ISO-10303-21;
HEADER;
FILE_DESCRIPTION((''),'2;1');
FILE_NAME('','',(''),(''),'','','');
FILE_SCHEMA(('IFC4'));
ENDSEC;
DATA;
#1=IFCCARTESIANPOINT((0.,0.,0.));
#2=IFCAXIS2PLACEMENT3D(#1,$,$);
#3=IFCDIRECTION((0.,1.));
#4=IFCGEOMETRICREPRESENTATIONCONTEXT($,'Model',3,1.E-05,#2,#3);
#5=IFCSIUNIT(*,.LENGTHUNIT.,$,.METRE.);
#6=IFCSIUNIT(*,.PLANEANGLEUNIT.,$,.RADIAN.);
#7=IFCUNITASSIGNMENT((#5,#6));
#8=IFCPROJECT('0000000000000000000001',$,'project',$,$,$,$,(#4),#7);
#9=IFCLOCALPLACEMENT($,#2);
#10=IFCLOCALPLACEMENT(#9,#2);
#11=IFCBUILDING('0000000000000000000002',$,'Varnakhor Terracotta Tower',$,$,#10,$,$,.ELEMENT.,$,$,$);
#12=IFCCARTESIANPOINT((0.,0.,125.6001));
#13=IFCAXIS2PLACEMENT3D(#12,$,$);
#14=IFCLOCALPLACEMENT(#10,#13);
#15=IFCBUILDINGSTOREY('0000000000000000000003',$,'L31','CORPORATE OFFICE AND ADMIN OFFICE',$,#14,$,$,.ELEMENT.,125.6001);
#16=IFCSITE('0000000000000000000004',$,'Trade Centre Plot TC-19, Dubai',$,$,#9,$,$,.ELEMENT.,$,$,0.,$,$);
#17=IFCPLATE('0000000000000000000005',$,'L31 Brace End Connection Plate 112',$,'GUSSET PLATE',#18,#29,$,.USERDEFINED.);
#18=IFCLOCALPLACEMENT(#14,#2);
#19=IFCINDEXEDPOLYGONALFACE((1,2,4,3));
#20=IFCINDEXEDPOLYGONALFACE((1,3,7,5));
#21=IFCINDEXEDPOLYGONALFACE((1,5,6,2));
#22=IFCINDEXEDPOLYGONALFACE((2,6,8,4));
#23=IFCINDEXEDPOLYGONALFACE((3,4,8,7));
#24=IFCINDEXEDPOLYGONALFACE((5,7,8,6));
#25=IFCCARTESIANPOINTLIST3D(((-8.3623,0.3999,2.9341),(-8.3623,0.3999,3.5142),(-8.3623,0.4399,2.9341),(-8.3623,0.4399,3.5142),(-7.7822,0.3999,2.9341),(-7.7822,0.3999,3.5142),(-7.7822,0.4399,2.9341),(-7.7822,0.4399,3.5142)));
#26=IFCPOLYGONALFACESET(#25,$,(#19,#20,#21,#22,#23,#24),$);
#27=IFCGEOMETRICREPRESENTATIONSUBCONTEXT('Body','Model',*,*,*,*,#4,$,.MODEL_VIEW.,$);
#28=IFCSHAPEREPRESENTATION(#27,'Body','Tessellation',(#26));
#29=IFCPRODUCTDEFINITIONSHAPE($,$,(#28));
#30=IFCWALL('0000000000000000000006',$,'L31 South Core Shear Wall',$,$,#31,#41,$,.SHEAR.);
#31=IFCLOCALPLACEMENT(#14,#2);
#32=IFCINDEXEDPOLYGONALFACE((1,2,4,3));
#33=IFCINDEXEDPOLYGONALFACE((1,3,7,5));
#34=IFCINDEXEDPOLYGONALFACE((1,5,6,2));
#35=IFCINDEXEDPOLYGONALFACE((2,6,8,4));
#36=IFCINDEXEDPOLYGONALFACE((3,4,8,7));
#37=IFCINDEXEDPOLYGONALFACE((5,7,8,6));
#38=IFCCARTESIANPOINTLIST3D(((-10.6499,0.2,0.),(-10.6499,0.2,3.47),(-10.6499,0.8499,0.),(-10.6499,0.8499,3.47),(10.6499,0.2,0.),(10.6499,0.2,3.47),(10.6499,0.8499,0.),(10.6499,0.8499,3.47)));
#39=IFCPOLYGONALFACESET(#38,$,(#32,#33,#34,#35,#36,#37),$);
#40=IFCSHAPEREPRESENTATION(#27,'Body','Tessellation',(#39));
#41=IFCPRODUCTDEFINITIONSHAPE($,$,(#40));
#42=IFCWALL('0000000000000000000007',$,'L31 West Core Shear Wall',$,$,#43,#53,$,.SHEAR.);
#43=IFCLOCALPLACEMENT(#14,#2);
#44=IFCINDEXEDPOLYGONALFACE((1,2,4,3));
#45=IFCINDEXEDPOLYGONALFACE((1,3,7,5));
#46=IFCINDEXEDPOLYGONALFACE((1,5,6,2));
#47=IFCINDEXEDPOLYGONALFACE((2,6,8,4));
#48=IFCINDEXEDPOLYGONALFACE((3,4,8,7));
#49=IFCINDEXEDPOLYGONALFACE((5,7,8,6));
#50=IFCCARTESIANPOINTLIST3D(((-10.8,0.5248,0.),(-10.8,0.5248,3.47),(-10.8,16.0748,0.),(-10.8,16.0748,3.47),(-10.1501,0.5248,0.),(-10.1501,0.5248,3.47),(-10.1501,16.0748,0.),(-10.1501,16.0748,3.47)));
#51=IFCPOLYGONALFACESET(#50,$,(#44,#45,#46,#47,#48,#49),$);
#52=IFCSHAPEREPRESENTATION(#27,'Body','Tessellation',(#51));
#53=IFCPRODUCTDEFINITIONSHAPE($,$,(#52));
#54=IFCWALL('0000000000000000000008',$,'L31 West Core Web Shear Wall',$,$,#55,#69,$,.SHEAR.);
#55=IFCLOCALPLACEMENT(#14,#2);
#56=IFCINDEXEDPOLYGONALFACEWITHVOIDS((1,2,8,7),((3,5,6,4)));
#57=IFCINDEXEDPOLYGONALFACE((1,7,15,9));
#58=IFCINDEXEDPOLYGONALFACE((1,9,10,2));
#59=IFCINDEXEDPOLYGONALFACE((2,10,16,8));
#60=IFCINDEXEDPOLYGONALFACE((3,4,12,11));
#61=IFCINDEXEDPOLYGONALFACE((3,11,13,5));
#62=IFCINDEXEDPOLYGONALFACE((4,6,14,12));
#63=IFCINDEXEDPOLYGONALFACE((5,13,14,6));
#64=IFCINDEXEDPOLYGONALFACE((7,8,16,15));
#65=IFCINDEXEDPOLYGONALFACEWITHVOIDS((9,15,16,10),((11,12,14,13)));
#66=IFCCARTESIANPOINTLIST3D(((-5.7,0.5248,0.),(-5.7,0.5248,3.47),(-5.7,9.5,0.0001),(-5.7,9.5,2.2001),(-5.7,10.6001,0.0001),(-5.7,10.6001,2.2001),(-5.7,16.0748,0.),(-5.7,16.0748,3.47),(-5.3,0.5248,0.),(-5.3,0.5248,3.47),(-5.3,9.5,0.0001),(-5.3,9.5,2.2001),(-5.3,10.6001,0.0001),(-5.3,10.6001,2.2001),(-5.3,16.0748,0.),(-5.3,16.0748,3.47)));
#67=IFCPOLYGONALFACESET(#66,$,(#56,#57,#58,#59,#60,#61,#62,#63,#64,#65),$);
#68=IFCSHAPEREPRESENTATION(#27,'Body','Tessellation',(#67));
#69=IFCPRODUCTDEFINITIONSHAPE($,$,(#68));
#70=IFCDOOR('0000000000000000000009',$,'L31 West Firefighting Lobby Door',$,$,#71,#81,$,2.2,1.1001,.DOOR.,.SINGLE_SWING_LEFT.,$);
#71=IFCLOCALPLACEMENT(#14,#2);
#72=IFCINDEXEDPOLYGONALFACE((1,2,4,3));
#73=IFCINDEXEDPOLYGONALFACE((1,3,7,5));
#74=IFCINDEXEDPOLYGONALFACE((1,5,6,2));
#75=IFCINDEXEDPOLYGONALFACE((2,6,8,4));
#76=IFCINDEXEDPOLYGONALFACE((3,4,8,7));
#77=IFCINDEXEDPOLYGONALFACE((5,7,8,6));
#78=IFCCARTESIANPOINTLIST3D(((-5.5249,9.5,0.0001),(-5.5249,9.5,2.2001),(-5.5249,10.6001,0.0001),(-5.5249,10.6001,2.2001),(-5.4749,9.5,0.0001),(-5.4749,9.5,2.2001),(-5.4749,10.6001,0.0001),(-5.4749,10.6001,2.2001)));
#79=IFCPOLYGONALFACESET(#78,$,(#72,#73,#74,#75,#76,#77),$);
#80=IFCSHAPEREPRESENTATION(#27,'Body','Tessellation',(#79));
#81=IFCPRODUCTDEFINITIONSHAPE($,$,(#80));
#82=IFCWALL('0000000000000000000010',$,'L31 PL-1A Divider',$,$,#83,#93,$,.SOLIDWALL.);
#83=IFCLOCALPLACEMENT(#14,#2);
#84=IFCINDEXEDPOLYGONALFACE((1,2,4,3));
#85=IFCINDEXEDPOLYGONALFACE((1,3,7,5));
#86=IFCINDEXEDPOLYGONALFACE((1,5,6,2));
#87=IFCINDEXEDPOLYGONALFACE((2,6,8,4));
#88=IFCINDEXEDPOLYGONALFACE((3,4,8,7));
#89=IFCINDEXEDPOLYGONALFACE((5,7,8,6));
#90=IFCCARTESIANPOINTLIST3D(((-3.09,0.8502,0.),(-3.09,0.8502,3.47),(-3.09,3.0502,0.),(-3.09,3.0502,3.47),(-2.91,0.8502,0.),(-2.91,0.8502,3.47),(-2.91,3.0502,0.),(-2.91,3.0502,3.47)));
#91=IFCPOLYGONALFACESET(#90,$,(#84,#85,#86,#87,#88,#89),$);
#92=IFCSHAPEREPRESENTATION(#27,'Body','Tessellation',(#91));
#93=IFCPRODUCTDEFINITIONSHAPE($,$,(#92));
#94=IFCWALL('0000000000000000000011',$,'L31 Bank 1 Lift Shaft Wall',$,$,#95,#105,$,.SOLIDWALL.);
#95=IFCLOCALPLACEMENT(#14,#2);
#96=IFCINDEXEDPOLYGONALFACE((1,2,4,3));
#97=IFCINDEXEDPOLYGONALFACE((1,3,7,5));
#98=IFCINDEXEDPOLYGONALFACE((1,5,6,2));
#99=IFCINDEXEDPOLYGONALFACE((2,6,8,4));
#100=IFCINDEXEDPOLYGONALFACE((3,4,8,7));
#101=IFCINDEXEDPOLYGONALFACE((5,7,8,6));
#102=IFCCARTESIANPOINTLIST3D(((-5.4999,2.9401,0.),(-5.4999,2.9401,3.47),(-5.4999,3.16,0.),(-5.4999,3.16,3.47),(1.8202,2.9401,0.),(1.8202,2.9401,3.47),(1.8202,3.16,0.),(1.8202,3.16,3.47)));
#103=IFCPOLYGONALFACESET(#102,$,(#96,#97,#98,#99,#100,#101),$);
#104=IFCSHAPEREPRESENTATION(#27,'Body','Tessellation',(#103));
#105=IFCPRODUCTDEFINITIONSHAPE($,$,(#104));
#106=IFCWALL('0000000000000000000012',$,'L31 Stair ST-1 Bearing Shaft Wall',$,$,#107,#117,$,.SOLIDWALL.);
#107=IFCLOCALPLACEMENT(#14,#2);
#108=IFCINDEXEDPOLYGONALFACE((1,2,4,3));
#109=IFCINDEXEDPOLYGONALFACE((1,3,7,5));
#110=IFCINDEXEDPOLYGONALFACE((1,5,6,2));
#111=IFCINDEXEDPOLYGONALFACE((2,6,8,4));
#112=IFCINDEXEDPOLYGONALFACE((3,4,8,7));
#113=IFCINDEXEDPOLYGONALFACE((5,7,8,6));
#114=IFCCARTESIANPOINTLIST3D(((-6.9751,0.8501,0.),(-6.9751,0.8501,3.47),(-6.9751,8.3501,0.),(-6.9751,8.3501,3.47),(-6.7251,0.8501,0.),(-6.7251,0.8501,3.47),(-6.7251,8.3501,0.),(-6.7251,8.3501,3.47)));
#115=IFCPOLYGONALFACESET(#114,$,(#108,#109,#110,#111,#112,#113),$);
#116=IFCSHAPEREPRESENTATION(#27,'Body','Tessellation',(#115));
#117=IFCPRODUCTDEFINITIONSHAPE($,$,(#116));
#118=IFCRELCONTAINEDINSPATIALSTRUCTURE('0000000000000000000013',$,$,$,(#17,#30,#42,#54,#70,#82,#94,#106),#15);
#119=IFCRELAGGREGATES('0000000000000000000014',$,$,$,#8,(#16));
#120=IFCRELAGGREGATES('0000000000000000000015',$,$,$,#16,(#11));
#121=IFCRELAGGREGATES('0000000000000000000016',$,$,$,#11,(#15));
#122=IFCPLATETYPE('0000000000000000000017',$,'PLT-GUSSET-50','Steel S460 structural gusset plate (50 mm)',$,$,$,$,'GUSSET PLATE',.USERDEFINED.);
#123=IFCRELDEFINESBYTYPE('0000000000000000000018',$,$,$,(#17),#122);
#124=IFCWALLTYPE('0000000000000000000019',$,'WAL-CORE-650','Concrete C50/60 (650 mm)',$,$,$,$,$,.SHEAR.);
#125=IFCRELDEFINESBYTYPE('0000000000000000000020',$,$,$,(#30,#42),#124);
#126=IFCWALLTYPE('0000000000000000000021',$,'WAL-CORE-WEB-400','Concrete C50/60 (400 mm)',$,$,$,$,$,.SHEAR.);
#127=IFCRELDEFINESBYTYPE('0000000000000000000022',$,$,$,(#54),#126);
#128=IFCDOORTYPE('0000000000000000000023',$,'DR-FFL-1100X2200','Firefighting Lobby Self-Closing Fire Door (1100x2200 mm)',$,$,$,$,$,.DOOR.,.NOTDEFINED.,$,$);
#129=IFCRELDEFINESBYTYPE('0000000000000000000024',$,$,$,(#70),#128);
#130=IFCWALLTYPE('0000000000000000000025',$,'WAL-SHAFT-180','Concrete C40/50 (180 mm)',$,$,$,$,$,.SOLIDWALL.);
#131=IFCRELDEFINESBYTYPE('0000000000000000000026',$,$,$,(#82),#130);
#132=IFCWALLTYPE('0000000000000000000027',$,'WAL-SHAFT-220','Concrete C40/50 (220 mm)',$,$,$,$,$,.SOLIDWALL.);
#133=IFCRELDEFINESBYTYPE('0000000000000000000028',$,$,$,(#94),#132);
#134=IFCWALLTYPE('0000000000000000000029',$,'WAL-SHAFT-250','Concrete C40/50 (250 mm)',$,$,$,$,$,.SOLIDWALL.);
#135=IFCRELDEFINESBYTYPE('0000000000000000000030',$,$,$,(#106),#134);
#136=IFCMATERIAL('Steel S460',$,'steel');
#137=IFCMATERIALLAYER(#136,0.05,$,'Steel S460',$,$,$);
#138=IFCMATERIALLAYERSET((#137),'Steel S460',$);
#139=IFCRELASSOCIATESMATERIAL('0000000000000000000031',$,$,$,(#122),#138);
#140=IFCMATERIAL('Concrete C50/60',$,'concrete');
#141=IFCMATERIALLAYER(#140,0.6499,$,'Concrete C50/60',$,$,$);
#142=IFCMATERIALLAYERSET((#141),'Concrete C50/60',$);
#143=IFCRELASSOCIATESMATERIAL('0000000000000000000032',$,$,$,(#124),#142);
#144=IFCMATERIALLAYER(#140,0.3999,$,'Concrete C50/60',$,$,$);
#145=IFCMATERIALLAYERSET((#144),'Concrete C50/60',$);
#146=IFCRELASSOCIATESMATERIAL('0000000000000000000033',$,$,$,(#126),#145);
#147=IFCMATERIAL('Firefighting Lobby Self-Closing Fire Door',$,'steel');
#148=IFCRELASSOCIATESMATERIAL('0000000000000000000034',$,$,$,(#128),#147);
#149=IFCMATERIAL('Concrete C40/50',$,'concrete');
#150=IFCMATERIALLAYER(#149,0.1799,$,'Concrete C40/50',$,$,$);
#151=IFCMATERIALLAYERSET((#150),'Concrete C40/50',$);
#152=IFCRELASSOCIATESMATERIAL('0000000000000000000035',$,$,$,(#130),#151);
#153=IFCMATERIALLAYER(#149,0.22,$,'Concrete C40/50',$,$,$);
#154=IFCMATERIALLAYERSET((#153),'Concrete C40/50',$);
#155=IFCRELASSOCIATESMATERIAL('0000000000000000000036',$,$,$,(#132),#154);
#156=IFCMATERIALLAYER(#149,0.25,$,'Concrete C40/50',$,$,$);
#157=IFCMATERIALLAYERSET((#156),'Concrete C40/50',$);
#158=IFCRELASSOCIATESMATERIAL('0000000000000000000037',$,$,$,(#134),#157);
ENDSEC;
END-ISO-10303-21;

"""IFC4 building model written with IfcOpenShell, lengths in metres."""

from ifc_helpers import new_model, si_unit, direction, frame, frame_2d, origin, origin_2d, place, context, subcontext, project, spatial, rectangle, extrude, source, transform, mapped, material, layer, layer_set, type_object, type_shapes, element, fill, save


model = new_model("IFC4")

# Units and contexts
model_context = context("Model", 3, precision=1e-05, world=origin(), true_north=direction((0.0, 1.0)))
body_context = subcontext(model_context, "Body", "Model", "MODEL_VIEW")
ifc_project = project(units=[si_unit("LENGTHUNIT", "METRE"), si_unit("PLANEANGLEUNIT", "RADIAN")], contexts=[model_context])

# Site, building, storey
site_placement = place(None, origin())
site = spatial("IfcSite", under=ifc_project, at=site_placement, Name="Trade Centre Plot TC-19, Dubai", CompositionType="ELEMENT", RefElevation=0.0)
building_placement = place(site_placement, origin())
building = spatial("IfcBuilding", under=site, at=building_placement, Name="Varnakhor Terracotta Tower", CompositionType="ELEMENT")
storey_placement = place(building_placement, frame((0.0, 0.0, 125.6001)))
storey = spatial("IfcBuildingStorey", under=building, at=storey_placement, Name="L31", Description="CORPORATE OFFICE AND ADMIN OFFICE", CompositionType="ELEMENT", Elevation=125.6001)

# Shared definitions
ifc_material_1 = material(Name="Concrete C50/60", Category="concrete")

# Shared definitions
ifc_material_2 = material(Name="Steel S460", Category="steel")

# Plate
ifc_layer_1 = layer(ifc_material_2, 0.05, Name="Steel S460")
ifc_layer_set_1 = layer_set([ifc_layer_1], Name="Steel S460")
plate_type = type_object("IfcPlateType", Name="PLT-GUSSET-50", Description="Steel S460 structural gusset plate (50 mm)", ElementType="GUSSET PLATE", PredefinedType="USERDEFINED", material=ifc_layer_set_1)
shared_shape_1 = source(origin(), body_context, "Body", "SweptSolid", [
    extrude(rectangle(XDim=0.5801, YDim=0.04, at=origin_2d()), origin(), (0.0, 0.0, 1.0), 0.5801),
])
plate_placement = place(storey_placement, frame((-8.0723, 0.4199, 2.9341), z_axis=(0.0, 0.0, 1.0), x_axis=(1.0, 0.0, 0.0)))
element("IfcPlate", 1, at=plate_placement, inside=storey, type_object=plate_type, Name="L31 Brace End Connection Plate 112", ObjectType="GUSSET PLATE", PredefinedType="USERDEFINED", context=body_context, shape_type="MappedRepresentation", body=[
    mapped(shared_shape_1, transform((0.0, 0.0, 0.0), scale=1.0)),
])

# Walls
ifc_layer_2 = layer(ifc_material_1, 0.6499, Name="Concrete C50/60")
ifc_layer_set_2 = layer_set([ifc_layer_2], Name="Concrete C50/60")
wall_type_1 = type_object("IfcWallType", Name="WAL-CORE-650", Description="Concrete C50/60 (650 mm)", PredefinedType="SHEAR", material=ifc_layer_set_2)
wall_1_placement = place(storey_placement, frame((-10.6499, 0.5249, 0.0), z_axis=(0.0, 0.0, 1.0), x_axis=(1.0, 0.0, 0.0)))
element("IfcWall", 2, at=wall_1_placement, inside=storey, type_object=wall_type_1, Name="L31 South Core Shear Wall", PredefinedType="SHEAR", context=body_context, shape_type="SweptSolid", body=[
    extrude(rectangle(XDim=21.2998, YDim=0.6499, at=frame_2d((10.6499, 0.0))), origin(), (0.0, 0.0, 1.0), 3.47),
])
wall_2_placement = place(storey_placement, frame((-10.4751, 0.5249, 0.0), z_axis=(0.0, 0.0, 1.0), x_axis=(0.0, 1.0, 0.0)))
element("IfcWall", 3, at=wall_2_placement, inside=storey, type_object=wall_type_1, Name="L31 West Core Shear Wall", PredefinedType="SHEAR", context=body_context, shape_type="SweptSolid", body=[
    extrude(rectangle(XDim=15.55, YDim=0.6499, at=frame_2d((7.7749, 0.0))), origin(), (0.0, 0.0, 1.0), 3.47),
])

# Wall, opening, door
ifc_layer_3 = layer(ifc_material_1, 0.3999, Name="Concrete C50/60")
ifc_layer_set_3 = layer_set([ifc_layer_3], Name="Concrete C50/60")
wall_type_2 = type_object("IfcWallType", Name="WAL-CORE-WEB-400", Description="Concrete C50/60 (400 mm)", PredefinedType="SHEAR", material=ifc_layer_set_3)
wall_3_placement = place(storey_placement, frame((-5.5, 0.5249, 0.0), z_axis=(0.0, 0.0, 1.0), x_axis=(0.0, 1.0, 0.0)))
wall_3 = element("IfcWall", 4, at=wall_3_placement, inside=storey, type_object=wall_type_2, Name="L31 West Core Web Shear Wall", PredefinedType="SHEAR", context=body_context, shape_type="SweptSolid", body=[
    extrude(rectangle(XDim=15.55, YDim=0.3999, at=frame_2d((7.7749, 0.0))), origin(), (0.0, 0.0, 1.0), 3.47),
])
opening_placement = place(wall_3_placement, frame((8.9751, 0.0, 0.0)))
opening = element("IfcOpeningElement", 5, at=opening_placement, cuts=wall_3, PredefinedType="OPENING", context=body_context, shape_type="SweptSolid", body=[
    extrude(rectangle(XDim=1.1001, YDim=2.2, at=frame_2d((0.55, 1.1001))), frame((0.0, 0.21, 0.0), z_axis=(0.0, -1.0, 0.0), x_axis=(1.0, 0.0, 0.0)), (0.0, 0.0, 1.0), 0.4199),
])
ifc_material_3 = material(Name="Firefighting Lobby Self-Closing Fire Door", Category="steel")
door_type = type_object("IfcDoorType", Name="DR-FFL-1100X2200", Description="Firefighting Lobby Self-Closing Fire Door (1100x2200 mm)", OperationType="NOTDEFINED", PredefinedType="DOOR", material=ifc_material_3)
shared_shape_2 = source(origin(), body_context, "Body", "SweptSolid", [
    extrude(rectangle(XDim=1.1001, YDim=2.2, at=frame_2d((0.55, 1.1001))), frame((0.0, 0.0249, 0.0), z_axis=(0.0, -1.0, 0.0), x_axis=(1.0, 0.0, 0.0)), (0.0, 0.0, 1.0), 0.05),
])
type_shapes(door_type, [shared_shape_2])
door_placement = place(opening_placement, origin())
door = element("IfcDoor", 6, at=door_placement, inside=storey, type_object=door_type, Name="L31 West Firefighting Lobby Door", OperationType="SINGLE_SWING_LEFT", OverallHeight=2.2, OverallWidth=1.1001, PredefinedType="DOOR", context=body_context, shape_type="MappedRepresentation", body=[
    mapped(shared_shape_2, transform((0.0, 0.0, 0.0), scale=1.0)),
])
fill(opening, door)

# Walls
ifc_material_4 = material(Name="Concrete C40/50", Category="concrete")
ifc_layer_4 = layer(ifc_material_4, 0.1799, Name="Concrete C40/50")
ifc_layer_set_4 = layer_set([ifc_layer_4], Name="Concrete C40/50")
wall_type_3 = type_object("IfcWallType", Name="WAL-SHAFT-180", Description="Concrete C40/50 (180 mm)", PredefinedType="SOLIDWALL", material=ifc_layer_set_4)
wall_4_placement = place(storey_placement, frame((-3.0, 0.8501, 0.0), z_axis=(0.0, 0.0, 1.0), x_axis=(0.0, 1.0, 0.0)))
element("IfcWall", 7, at=wall_4_placement, inside=storey, type_object=wall_type_3, Name="L31 PL-1A Divider", PredefinedType="SOLIDWALL", context=body_context, shape_type="SweptSolid", body=[
    extrude(rectangle(XDim=2.2, YDim=0.1799, at=frame_2d((1.1001, 0.0))), origin(), (0.0, 0.0, 1.0), 3.47),
])
ifc_layer_5 = layer(ifc_material_4, 0.22, Name="Concrete C40/50")
ifc_layer_set_5 = layer_set([ifc_layer_5], Name="Concrete C40/50")
wall_type_4 = type_object("IfcWallType", Name="WAL-SHAFT-220", Description="Concrete C40/50 (220 mm)", PredefinedType="SOLIDWALL", material=ifc_layer_set_5)
wall_5_placement = place(storey_placement, frame((-5.5, 3.05, 0.0), z_axis=(0.0, 0.0, 1.0), x_axis=(1.0, 0.0, 0.0)))
element("IfcWall", 8, at=wall_5_placement, inside=storey, type_object=wall_type_4, Name="L31 Bank 1 Lift Shaft Wall", PredefinedType="SOLIDWALL", context=body_context, shape_type="SweptSolid", body=[
    extrude(rectangle(XDim=7.3201, YDim=0.22, at=frame_2d((3.6602, 0.0))), origin(), (0.0, 0.0, 1.0), 3.47),
])
ifc_layer_6 = layer(ifc_material_4, 0.25, Name="Concrete C40/50")
ifc_layer_set_6 = layer_set([ifc_layer_6], Name="Concrete C40/50")
wall_type_5 = type_object("IfcWallType", Name="WAL-SHAFT-250", Description="Concrete C40/50 (250 mm)", PredefinedType="SOLIDWALL", material=ifc_layer_set_6)
wall_6_placement = place(storey_placement, frame((-6.8501, 0.8501, 0.0), z_axis=(0.0, 0.0, 1.0), x_axis=(0.0, 1.0, 0.0)))
element("IfcWall", 9, at=wall_6_placement, inside=storey, type_object=wall_type_5, Name="L31 Stair ST-1 Bearing Shaft Wall", PredefinedType="SOLIDWALL", context=body_context, shape_type="SweptSolid", body=[
    extrude(rectangle(XDim=7.5, YDim=0.25, at=frame_2d((3.75, 0.0))), origin(), (0.0, 0.0, 1.0), 3.47),
])

save(model, "model.ifc")
